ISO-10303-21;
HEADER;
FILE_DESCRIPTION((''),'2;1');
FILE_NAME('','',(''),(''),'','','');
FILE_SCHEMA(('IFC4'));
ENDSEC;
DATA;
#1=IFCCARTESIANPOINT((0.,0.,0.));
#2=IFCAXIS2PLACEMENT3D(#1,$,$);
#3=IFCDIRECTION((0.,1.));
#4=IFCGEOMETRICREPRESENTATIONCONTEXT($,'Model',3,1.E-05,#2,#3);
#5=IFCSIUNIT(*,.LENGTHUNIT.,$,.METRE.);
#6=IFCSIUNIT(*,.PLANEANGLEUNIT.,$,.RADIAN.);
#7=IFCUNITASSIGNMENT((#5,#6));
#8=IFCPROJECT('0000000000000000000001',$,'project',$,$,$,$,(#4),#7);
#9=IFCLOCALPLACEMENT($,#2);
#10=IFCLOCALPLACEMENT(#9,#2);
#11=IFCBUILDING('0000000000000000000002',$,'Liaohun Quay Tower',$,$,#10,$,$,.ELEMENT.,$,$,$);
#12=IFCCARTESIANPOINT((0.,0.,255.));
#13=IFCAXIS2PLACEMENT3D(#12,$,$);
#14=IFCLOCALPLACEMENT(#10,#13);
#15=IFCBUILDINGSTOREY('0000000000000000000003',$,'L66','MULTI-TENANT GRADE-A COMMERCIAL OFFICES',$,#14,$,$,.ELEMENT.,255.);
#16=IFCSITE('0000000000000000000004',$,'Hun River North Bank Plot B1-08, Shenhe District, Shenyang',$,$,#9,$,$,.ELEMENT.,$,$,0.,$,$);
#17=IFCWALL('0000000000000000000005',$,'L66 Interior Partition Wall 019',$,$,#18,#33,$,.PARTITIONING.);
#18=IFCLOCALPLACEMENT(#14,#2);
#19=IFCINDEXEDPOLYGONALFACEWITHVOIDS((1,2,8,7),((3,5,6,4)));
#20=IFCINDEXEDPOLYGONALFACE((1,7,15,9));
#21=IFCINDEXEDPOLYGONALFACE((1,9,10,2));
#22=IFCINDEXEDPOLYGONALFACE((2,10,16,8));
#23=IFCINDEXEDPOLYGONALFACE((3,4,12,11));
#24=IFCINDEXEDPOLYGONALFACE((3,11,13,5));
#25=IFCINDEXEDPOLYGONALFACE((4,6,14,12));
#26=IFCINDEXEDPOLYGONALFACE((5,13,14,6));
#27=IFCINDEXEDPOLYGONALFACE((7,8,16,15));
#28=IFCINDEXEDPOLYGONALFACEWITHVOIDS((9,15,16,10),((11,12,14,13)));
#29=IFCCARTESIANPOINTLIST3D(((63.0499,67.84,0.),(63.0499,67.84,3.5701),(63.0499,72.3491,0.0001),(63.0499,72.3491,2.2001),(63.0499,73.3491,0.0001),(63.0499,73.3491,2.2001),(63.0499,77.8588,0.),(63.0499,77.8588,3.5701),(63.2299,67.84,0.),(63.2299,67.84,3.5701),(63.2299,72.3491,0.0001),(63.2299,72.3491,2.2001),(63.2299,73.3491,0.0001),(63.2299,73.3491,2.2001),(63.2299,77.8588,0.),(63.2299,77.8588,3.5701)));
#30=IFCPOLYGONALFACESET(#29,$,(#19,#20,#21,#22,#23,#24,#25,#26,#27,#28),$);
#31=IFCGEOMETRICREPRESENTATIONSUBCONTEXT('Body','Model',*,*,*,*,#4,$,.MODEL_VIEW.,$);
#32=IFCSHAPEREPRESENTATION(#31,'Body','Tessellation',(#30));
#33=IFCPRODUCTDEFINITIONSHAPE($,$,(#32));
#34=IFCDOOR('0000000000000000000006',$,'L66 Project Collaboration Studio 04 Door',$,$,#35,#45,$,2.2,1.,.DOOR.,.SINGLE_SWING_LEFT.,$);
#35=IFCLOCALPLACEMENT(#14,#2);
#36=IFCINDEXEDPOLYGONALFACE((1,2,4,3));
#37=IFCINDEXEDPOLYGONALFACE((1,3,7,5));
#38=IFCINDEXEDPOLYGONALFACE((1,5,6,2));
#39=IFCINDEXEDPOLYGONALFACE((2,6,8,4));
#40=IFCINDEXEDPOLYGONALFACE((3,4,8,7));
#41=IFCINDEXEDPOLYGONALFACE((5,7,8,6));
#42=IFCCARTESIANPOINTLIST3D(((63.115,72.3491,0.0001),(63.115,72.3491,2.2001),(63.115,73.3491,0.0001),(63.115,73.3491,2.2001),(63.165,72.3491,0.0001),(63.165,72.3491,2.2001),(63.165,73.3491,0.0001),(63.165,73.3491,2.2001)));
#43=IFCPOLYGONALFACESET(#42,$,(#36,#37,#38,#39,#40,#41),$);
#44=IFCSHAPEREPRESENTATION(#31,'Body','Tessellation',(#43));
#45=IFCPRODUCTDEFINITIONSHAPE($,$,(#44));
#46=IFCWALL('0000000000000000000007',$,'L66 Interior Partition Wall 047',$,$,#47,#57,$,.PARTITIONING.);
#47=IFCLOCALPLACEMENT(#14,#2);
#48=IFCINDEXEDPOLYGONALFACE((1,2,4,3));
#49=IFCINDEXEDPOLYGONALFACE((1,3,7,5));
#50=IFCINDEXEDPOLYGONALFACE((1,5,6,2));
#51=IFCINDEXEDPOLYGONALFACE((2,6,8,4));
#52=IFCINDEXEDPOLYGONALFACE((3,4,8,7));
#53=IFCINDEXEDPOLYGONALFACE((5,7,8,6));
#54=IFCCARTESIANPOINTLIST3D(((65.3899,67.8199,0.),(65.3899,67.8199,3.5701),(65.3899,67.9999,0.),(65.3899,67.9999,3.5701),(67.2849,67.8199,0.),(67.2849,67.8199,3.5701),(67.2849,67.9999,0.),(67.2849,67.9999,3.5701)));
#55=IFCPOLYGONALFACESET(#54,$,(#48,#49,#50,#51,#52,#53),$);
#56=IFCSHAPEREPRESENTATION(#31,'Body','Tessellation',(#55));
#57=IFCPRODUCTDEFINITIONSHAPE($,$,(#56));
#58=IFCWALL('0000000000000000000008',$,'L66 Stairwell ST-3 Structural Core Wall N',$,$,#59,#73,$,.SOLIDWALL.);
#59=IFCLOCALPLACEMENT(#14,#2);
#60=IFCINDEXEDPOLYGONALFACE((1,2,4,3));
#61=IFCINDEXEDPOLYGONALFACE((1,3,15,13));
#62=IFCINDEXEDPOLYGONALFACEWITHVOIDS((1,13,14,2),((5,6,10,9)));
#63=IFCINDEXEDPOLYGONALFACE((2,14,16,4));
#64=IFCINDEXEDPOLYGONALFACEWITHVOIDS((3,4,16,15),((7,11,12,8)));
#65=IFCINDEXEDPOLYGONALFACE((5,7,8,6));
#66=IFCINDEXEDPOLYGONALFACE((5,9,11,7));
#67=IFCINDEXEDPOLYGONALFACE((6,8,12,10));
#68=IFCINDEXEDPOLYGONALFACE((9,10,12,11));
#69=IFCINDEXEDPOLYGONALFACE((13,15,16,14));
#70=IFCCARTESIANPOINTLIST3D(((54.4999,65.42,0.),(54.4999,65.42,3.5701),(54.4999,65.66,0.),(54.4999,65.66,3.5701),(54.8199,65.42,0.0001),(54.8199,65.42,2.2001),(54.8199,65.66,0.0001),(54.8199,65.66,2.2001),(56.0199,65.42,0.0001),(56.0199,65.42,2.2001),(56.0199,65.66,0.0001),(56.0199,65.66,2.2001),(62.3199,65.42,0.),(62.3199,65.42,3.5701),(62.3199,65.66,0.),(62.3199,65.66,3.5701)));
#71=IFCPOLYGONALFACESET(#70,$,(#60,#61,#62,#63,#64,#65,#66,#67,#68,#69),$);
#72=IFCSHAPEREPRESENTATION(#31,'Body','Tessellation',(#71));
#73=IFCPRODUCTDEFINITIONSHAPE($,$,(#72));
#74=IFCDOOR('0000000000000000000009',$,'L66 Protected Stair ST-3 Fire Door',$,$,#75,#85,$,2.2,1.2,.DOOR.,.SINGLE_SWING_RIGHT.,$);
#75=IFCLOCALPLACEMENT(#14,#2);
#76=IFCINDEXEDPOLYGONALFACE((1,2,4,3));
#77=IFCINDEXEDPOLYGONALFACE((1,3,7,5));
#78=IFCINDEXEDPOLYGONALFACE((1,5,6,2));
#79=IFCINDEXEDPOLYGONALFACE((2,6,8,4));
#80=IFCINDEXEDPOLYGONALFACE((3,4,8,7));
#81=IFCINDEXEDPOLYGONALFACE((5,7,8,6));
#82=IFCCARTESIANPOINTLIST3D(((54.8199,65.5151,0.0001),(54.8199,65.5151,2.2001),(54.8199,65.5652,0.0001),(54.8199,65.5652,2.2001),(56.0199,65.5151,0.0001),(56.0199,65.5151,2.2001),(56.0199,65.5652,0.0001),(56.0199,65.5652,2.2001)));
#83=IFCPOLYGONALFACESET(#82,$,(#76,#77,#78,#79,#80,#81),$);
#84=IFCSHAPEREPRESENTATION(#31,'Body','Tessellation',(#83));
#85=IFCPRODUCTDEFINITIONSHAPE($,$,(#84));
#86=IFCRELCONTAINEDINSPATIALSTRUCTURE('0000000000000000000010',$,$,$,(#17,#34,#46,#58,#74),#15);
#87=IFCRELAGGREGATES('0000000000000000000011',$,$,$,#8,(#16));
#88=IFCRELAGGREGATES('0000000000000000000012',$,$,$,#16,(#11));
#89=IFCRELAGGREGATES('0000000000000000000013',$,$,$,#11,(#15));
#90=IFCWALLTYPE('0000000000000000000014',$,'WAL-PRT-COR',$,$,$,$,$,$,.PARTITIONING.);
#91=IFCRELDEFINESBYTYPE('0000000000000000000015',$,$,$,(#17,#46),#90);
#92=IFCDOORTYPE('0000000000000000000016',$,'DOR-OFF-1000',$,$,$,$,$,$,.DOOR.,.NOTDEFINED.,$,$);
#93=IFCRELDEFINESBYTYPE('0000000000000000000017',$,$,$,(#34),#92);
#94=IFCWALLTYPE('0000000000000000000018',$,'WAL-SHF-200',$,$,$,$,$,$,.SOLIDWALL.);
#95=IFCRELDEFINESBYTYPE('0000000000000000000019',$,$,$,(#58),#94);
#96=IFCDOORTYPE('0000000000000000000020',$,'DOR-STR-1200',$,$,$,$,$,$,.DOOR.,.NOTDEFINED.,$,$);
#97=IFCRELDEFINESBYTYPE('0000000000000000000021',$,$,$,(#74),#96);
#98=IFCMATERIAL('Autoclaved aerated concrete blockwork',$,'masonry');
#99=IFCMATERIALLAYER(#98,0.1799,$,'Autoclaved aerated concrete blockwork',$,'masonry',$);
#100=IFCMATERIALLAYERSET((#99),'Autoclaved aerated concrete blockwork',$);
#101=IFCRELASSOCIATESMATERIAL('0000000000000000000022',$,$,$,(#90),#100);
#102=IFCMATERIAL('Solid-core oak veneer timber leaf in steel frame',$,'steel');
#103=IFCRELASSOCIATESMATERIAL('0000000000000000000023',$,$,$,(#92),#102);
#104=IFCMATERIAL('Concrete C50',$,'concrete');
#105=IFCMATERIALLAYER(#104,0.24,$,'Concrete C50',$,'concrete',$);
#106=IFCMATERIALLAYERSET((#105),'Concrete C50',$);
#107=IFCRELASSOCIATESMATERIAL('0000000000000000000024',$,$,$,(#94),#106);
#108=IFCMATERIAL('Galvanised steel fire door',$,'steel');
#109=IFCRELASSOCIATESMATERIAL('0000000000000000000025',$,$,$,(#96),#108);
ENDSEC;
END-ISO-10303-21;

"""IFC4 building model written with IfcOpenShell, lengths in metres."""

from ifc_helpers import new_model, si_unit, direction, frame, frame_2d, origin, place, context, subcontext, project, spatial, rectangle, extrude, source, transform, mapped, material, layer, layer_set, type_object, element, fill, save


model = new_model("IFC4")

# Units and contexts
model_context = context("Model", 3, precision=1e-05, world=origin(), true_north=direction((0.0, 1.0)))
body_context = subcontext(model_context, "Body", "Model", "MODEL_VIEW")
ifc_project = project(units=[si_unit("LENGTHUNIT", "METRE"), si_unit("PLANEANGLEUNIT", "RADIAN")], contexts=[model_context])

# Site, building, storey
site_placement = place(None, origin())
site = spatial("IfcSite", under=ifc_project, at=site_placement, Name="Hun River North Bank Plot B1-08, Shenhe District, Shenyang", CompositionType="ELEMENT", RefElevation=0.0)
building_placement = place(site_placement, origin())
building = spatial("IfcBuilding", under=site, at=building_placement, Name="Liaohun Quay Tower", CompositionType="ELEMENT")
storey_placement = place(building_placement, frame((0.0, 0.0, 255.0)))
storey = spatial("IfcBuildingStorey", under=building, at=storey_placement, Name="L66", Description="MULTI-TENANT GRADE-A COMMERCIAL OFFICES", CompositionType="ELEMENT", Elevation=255.0)

# Wall, opening, door
ifc_material_1 = material(Name="Autoclaved aerated concrete blockwork", Category="masonry")
ifc_layer_1 = layer(ifc_material_1, 0.1799, Name="Autoclaved aerated concrete blockwork", Category="masonry")
ifc_layer_set_1 = layer_set([ifc_layer_1], Name="Autoclaved aerated concrete blockwork")
wall_type_1 = type_object("IfcWallType", Name="WAL-PRT-COR", PredefinedType="PARTITIONING", material=ifc_layer_set_1)
shared_shape_1 = source(origin(), body_context, "Body", "SweptSolid", [
    extrude(rectangle(XDim=1.0, YDim=2.2, at=frame_2d((0.5, 1.1001))), frame((0.0, 0.0999, 0.0), z_axis=(0.0, -1.0, 0.0), x_axis=(1.0, 0.0, 0.0)), (0.0, 0.0, 1.0), 0.2),
])
ifc_material_2 = material(Name="Solid-core oak veneer timber leaf in steel frame", Category="steel")
door_type_1 = type_object("IfcDoorType", Name="DOR-OFF-1000", OperationType="NOTDEFINED", PredefinedType="DOOR", material=ifc_material_2)
shared_shape_2 = source(origin(), body_context, "Body", "SweptSolid", [
    extrude(rectangle(XDim=1.0, YDim=2.2, at=frame_2d((0.5, 1.1001))), frame((0.0, 0.0249, 0.0), z_axis=(0.0, -1.0, 0.0), x_axis=(1.0, 0.0, 0.0)), (0.0, 0.0, 1.0), 0.05),
])
wall_1_placement = place(storey_placement, frame((63.1399, 67.8401, 0.0), z_axis=(0.0, 0.0, 1.0), x_axis=(0.0, 1.0, 0.0)))
wall_1 = element("IfcWall", 1, at=wall_1_placement, inside=storey, type_object=wall_type_1, Name="L66 Interior Partition Wall 019", PredefinedType="PARTITIONING", context=body_context, shape_type="SweptSolid", body=[
    extrude(rectangle(XDim=10.0188, YDim=0.1799, at=frame_2d((5.0093, 0.0))), origin(), (0.0, 0.0, 1.0), 3.5701),
])
opening_1_placement = place(wall_1_placement, frame((4.509, 0.0, 0.0)))
opening_1 = element("IfcOpeningElement", 2, at=opening_1_placement, cuts=wall_1, PredefinedType="OPENING", context=body_context, shape_type="MappedRepresentation", body=[
    mapped(shared_shape_1, transform((0.0, 0.0, 0.0), x_axis=(1.0, 0.0, 0.0), y_axis=(0.0, 1.0, 0.0), z_axis=(0.0, 0.0, 1.0), scale=1.0)),
])
door_1_placement = place(opening_1_placement, origin())
door_1 = element("IfcDoor", 3, at=door_1_placement, inside=storey, type_object=door_type_1, Name="L66 Project Collaboration Studio 04 Door", OperationType="SINGLE_SWING_LEFT", OverallHeight=2.2, OverallWidth=1.0, PredefinedType="DOOR", context=body_context, shape_type="MappedRepresentation", body=[
    mapped(shared_shape_2, transform((0.0, 0.0, 0.0), x_axis=(1.0, 0.0, 0.0), y_axis=(0.0, 1.0, 0.0), z_axis=(0.0, 0.0, 1.0), scale=1.0)),
])
fill(opening_1, door_1)

# Wall
wall_2_placement = place(storey_placement, frame((65.3899, 67.9099, 0.0), z_axis=(0.0, 0.0, 1.0), x_axis=(1.0, 0.0, 0.0)))
element("IfcWall", 4, at=wall_2_placement, inside=storey, type_object=wall_type_1, Name="L66 Interior Partition Wall 047", PredefinedType="PARTITIONING", context=body_context, shape_type="SweptSolid", body=[
    extrude(rectangle(XDim=1.895, YDim=0.1799, at=frame_2d((0.9475, 0.0))), origin(), (0.0, 0.0, 1.0), 3.5701),
])

# Wall, opening, door
ifc_material_3 = material(Name="Concrete C50", Category="concrete")
ifc_layer_2 = layer(ifc_material_3, 0.24, Name="Concrete C50", Category="concrete")
ifc_layer_set_2 = layer_set([ifc_layer_2], Name="Concrete C50")
wall_type_2 = type_object("IfcWallType", Name="WAL-SHF-200", PredefinedType="SOLIDWALL", material=ifc_layer_set_2)
wall_3_placement = place(storey_placement, frame((62.3201, 65.54, 0.0), z_axis=(0.0, 0.0, 1.0), x_axis=(-1.0, 0.0, 0.0)))
wall_3 = element("IfcWall", 5, at=wall_3_placement, inside=storey, type_object=wall_type_2, Name="L66 Stairwell ST-3 Structural Core Wall N", PredefinedType="SOLIDWALL", context=body_context, shape_type="SweptSolid", body=[
    extrude(rectangle(XDim=7.8201, YDim=0.24, at=frame_2d((3.9102, 0.0))), origin(), (0.0, 0.0, 1.0), 3.5701),
])
shared_shape_3 = source(origin(), body_context, "Body", "SweptSolid", [
    extrude(rectangle(XDim=1.2, YDim=2.2, at=frame_2d((0.6001, 1.1001))), frame((0.0, 0.1299, 0.0), z_axis=(0.0, -1.0, 0.0), x_axis=(1.0, 0.0, 0.0)), (0.0, 0.0, 1.0), 0.26),
])
opening_2_placement = place(wall_3_placement, frame((6.3, 0.0, 0.0)))
opening_2 = element("IfcOpeningElement", 6, at=opening_2_placement, cuts=wall_3, PredefinedType="OPENING", context=body_context, shape_type="MappedRepresentation", body=[
    mapped(shared_shape_3, transform((0.0, 0.0, 0.0), x_axis=(1.0, 0.0, 0.0), y_axis=(0.0, 1.0, 0.0), z_axis=(0.0, 0.0, 1.0), scale=1.0)),
])
ifc_material_4 = material(Name="Galvanised steel fire door", Category="steel")
door_type_2 = type_object("IfcDoorType", Name="DOR-STR-1200", OperationType="NOTDEFINED", PredefinedType="DOOR", material=ifc_material_4)
shared_shape_4 = source(origin(), body_context, "Body", "SweptSolid", [
    extrude(rectangle(XDim=1.2, YDim=2.2, at=frame_2d((0.6001, 1.1001))), frame((0.0, 0.0249, 0.0), z_axis=(0.0, -1.0, 0.0), x_axis=(1.0, 0.0, 0.0)), (0.0, 0.0, 1.0), 0.05),
])
door_2_placement = place(opening_2_placement, origin())
door_2 = element("IfcDoor", 7, at=door_2_placement, inside=storey, type_object=door_type_2, Name="L66 Protected Stair ST-3 Fire Door", OperationType="SINGLE_SWING_RIGHT", OverallHeight=2.2, OverallWidth=1.2, PredefinedType="DOOR", context=body_context, shape_type="MappedRepresentation", body=[
    mapped(shared_shape_4, transform((0.0, 0.0, 0.0), x_axis=(1.0, 0.0, 0.0), y_axis=(0.0, 1.0, 0.0), z_axis=(0.0, 0.0, 1.0), scale=1.0)),
])
fill(opening_2, door_2)

save(model, "model.ifc")
